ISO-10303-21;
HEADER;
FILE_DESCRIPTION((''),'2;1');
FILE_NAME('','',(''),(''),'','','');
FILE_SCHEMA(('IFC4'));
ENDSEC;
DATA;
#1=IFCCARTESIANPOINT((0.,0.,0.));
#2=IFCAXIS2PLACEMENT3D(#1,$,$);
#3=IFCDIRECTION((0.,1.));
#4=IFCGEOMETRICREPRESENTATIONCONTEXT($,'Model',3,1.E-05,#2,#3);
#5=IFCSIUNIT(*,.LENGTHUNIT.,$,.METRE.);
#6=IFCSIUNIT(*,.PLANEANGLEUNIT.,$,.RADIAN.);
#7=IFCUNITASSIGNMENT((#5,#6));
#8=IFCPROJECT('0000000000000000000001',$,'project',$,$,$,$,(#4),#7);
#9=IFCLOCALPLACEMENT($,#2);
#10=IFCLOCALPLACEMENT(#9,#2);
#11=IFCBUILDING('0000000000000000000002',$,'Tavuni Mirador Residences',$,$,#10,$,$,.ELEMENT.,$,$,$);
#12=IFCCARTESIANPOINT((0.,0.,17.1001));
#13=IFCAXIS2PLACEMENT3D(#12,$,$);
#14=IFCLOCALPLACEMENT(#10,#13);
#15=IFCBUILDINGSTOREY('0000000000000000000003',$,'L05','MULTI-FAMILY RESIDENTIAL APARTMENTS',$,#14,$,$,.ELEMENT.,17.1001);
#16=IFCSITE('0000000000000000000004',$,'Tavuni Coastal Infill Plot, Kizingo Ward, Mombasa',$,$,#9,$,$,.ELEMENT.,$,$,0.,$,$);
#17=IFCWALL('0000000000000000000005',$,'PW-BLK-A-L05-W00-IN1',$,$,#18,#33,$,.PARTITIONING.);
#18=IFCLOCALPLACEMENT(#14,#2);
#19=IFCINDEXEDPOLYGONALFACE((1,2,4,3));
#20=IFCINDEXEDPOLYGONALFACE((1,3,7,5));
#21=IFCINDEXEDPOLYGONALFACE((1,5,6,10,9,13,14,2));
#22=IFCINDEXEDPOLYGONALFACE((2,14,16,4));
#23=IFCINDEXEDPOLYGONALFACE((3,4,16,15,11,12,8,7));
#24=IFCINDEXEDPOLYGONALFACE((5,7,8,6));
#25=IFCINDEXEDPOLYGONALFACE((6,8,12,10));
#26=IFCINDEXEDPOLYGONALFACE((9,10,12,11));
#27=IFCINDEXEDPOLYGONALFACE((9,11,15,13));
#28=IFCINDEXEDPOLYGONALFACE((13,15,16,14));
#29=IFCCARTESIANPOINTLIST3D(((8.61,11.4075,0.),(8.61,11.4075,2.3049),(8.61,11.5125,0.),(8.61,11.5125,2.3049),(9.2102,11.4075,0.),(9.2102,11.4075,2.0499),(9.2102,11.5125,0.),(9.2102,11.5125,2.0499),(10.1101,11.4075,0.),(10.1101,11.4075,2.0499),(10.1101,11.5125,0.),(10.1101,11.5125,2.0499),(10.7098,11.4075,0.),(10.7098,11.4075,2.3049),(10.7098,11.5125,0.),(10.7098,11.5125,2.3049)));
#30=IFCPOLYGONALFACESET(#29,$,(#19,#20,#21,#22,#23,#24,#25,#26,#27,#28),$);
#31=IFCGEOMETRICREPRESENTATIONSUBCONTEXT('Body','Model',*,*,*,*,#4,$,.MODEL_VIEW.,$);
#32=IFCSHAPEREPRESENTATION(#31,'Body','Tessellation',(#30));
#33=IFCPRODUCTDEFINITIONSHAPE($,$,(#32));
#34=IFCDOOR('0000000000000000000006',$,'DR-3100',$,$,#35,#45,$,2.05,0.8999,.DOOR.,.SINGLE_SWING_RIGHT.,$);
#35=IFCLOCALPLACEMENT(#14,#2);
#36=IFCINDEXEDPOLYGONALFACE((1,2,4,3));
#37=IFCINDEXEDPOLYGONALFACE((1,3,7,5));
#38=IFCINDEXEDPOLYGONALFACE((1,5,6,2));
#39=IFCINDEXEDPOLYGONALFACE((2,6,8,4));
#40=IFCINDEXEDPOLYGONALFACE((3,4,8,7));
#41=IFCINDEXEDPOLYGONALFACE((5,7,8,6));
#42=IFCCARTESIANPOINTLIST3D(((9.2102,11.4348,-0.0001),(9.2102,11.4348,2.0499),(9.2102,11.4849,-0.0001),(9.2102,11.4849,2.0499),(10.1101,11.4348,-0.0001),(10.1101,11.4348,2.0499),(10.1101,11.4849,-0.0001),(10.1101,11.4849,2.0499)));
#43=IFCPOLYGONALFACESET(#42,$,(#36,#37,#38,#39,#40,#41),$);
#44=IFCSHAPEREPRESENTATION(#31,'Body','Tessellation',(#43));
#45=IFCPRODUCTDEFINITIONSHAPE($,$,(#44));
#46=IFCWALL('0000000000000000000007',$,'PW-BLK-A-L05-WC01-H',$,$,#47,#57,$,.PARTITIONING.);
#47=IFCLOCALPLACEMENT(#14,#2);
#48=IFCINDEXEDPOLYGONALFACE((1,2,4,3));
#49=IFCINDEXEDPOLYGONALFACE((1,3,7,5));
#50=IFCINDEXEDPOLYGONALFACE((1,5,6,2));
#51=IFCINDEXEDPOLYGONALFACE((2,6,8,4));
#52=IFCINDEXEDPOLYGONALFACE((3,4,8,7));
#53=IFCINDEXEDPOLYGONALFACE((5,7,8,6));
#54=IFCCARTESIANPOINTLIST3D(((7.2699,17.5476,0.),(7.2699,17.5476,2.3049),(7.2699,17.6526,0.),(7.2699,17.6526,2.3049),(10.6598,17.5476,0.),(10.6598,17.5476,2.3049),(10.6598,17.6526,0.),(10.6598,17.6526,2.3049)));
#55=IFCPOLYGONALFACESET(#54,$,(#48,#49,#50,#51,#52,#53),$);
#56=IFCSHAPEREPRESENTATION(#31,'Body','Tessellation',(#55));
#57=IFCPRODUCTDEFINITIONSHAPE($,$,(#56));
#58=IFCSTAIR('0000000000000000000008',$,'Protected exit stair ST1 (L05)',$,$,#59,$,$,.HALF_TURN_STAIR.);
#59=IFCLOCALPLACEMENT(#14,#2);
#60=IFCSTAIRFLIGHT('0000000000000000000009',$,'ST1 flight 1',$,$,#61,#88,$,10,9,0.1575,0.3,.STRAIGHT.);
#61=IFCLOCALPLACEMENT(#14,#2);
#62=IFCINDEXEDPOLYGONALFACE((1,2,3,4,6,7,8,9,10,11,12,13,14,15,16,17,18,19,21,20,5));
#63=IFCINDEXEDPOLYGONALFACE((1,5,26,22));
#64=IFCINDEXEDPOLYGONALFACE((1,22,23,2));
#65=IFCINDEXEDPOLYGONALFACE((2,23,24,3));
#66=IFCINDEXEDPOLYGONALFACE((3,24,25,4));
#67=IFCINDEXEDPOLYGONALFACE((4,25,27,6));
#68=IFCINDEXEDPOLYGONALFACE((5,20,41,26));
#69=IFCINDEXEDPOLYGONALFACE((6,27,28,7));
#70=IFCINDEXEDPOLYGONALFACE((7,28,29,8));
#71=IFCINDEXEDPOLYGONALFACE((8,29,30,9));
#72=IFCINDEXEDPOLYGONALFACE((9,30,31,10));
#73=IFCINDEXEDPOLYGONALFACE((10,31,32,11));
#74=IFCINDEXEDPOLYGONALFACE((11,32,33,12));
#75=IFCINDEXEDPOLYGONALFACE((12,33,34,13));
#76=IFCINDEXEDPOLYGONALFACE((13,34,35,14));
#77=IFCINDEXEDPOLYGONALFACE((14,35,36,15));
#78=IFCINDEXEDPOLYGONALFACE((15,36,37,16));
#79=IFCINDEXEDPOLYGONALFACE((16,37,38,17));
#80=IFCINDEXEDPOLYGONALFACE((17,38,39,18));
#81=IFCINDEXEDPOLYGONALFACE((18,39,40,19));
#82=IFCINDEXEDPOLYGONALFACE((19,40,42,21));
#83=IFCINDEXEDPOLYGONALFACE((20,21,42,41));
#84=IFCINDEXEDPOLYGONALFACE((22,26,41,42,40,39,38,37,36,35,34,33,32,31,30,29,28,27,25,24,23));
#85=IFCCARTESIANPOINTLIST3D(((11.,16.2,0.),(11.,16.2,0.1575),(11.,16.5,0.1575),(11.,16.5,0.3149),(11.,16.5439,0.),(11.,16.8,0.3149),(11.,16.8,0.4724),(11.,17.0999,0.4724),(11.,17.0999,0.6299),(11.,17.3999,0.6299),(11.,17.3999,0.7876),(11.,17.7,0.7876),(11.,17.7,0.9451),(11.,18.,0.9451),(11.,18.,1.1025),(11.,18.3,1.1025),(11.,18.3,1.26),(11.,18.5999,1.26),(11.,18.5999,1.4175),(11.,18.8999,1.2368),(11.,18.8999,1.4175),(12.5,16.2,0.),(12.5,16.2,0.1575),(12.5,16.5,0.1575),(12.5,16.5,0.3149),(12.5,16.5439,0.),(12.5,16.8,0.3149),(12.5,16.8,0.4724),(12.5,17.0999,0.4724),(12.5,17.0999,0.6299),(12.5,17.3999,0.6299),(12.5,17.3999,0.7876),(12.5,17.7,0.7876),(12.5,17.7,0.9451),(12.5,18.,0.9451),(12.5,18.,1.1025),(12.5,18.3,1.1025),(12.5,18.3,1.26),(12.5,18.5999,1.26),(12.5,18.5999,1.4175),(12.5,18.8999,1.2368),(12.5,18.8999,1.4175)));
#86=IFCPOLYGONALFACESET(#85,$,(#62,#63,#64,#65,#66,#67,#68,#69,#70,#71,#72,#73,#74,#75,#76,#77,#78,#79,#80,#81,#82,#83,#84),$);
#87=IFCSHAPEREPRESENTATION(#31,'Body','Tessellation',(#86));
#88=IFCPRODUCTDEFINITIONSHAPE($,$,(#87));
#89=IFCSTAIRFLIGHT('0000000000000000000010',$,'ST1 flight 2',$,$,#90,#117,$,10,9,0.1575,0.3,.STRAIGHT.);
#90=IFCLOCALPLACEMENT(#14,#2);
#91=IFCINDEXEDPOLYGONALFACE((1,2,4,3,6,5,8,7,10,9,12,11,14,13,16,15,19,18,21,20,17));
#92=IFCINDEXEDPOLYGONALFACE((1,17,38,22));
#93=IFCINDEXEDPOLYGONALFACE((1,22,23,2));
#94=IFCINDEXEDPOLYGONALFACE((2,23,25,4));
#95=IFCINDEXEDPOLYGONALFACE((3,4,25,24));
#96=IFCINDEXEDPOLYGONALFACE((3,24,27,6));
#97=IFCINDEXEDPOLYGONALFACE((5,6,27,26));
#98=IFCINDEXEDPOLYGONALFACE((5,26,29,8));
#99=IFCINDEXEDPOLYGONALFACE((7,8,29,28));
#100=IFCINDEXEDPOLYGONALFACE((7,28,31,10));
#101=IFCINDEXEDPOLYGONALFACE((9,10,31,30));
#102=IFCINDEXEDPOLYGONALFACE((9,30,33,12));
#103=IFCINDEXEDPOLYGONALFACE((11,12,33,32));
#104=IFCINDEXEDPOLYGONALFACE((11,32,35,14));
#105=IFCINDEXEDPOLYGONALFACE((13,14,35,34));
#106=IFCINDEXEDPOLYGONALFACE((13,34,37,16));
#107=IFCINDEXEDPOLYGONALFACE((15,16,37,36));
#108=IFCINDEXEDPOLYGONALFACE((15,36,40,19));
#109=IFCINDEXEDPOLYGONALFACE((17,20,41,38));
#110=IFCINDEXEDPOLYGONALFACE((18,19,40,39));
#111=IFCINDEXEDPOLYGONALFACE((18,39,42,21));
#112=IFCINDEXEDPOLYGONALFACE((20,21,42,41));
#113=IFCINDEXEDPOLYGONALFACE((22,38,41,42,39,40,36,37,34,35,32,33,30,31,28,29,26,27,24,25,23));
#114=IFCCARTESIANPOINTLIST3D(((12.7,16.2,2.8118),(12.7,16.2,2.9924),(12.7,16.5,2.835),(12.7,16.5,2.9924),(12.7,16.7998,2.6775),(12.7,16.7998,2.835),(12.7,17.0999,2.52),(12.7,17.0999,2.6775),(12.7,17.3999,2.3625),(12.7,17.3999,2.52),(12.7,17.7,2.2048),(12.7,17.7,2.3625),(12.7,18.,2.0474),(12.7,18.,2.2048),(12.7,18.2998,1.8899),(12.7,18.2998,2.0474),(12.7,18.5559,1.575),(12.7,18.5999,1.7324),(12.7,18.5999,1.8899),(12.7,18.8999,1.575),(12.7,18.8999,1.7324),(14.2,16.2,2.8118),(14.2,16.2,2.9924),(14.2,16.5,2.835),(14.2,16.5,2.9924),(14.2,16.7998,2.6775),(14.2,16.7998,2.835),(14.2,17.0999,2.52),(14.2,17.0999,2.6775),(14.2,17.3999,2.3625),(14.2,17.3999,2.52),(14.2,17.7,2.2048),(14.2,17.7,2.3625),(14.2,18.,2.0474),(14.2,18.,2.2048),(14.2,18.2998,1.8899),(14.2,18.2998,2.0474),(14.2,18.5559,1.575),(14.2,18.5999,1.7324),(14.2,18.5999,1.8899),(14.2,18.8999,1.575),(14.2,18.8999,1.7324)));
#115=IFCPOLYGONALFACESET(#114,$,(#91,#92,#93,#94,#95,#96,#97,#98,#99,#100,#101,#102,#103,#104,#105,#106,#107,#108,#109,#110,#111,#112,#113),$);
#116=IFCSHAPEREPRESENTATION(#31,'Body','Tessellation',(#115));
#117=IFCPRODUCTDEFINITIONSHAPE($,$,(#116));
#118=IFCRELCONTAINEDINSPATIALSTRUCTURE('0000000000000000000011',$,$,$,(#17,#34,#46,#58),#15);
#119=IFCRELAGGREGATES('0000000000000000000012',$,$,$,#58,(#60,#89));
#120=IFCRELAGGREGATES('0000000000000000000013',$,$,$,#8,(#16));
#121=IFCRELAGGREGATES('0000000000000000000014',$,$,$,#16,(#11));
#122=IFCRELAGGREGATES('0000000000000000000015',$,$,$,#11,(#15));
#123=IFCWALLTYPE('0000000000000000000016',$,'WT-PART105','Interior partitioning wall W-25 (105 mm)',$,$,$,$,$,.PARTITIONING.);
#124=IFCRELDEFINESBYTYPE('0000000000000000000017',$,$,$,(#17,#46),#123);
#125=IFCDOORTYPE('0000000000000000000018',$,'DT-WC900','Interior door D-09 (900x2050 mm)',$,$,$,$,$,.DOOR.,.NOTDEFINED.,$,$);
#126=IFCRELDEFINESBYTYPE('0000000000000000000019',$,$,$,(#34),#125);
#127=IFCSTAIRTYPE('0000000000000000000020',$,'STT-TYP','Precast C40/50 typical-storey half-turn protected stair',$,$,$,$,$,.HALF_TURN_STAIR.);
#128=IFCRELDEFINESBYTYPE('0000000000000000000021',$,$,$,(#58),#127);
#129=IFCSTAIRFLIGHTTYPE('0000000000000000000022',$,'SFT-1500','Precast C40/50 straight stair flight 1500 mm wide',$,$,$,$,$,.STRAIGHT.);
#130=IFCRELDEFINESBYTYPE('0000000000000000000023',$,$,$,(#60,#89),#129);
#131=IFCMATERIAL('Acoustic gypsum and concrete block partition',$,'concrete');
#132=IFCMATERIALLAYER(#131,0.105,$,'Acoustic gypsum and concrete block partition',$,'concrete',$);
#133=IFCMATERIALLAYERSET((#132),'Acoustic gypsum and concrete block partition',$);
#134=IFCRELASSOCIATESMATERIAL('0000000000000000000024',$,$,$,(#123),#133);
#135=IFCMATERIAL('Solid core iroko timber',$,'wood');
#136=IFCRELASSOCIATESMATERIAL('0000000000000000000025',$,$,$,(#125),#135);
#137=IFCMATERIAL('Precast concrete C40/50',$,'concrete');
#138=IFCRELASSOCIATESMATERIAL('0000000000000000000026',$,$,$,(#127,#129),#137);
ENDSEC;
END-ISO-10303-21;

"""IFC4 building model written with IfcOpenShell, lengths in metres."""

from ifc_helpers import new_model, si_unit, direction, frame, frame_2d, origin, place, context, subcontext, project, spatial, polyline, rectangle, outline, extrude, material, layer, layer_set, type_object, element, fill, aggregate, save


model = new_model("IFC4")

# Units and contexts
model_context = context("Model", 3, precision=1e-05, world=origin(), true_north=direction((0.0, 1.0)))
body_context = subcontext(model_context, "Body", "Model", "MODEL_VIEW")
ifc_project = project(units=[si_unit("LENGTHUNIT", "METRE"), si_unit("PLANEANGLEUNIT", "RADIAN")], contexts=[model_context])

# Site, building, storey
site_placement = place(None, origin())
site = spatial("IfcSite", under=ifc_project, at=site_placement, Name="Tavuni Coastal Infill Plot, Kizingo Ward, Mombasa", CompositionType="ELEMENT", RefElevation=0.0)
building_placement = place(site_placement, origin())
building = spatial("IfcBuilding", under=site, at=building_placement, Name="Tavuni Mirador Residences", CompositionType="ELEMENT")
storey_placement = place(building_placement, frame((0.0, 0.0, 17.1001)))
storey = spatial("IfcBuildingStorey", under=building, at=storey_placement, Name="L05", Description="MULTI-FAMILY RESIDENTIAL APARTMENTS", CompositionType="ELEMENT", Elevation=17.1001)

# Shared definitions
ifc_material_1 = material(Name="Precast concrete C40/50", Category="concrete")

# Shared definitions
ifc_material_2 = material(Name="Solid core iroko timber", Category="wood")

# Wall, opening, door
ifc_material_3 = material(Name="Acoustic gypsum and concrete block partition", Category="concrete")
ifc_layer_1 = layer(ifc_material_3, 0.105, Name="Acoustic gypsum and concrete block partition", Category="concrete")
ifc_layer_set_1 = layer_set([ifc_layer_1], Name="Acoustic gypsum and concrete block partition")
wall_type_1 = type_object("IfcWallType", Name="WT-PART105", Description="Interior partitioning wall W-25 (105 mm)", PredefinedType="PARTITIONING", material=ifc_layer_set_1)
wall_1_placement = place(storey_placement, frame((8.6101, 11.46, 0.0), z_axis=(0.0, 0.0, 1.0), x_axis=(1.0, 0.0, 0.0)))
wall_1 = element("IfcWall", 1, at=wall_1_placement, inside=storey, type_object=wall_type_1, Name="PW-BLK-A-L05-W00-IN1", PredefinedType="PARTITIONING", context=body_context, shape_type="SweptSolid", body=[
    extrude(rectangle(XDim=2.0999, YDim=0.105, at=frame_2d((1.0498, 0.0))), origin(), (0.0, 0.0, 1.0), 2.3049),
])
opening_1_placement = place(wall_1_placement, frame((0.6001, 0.0, 0.0)))
opening_1 = element("IfcOpeningElement", 2, at=opening_1_placement, cuts=wall_1, PredefinedType="OPENING", context=body_context, shape_type="SweptSolid", body=[
    extrude(rectangle(XDim=0.8999, YDim=2.05, at=frame_2d((0.45, 1.0249))), frame((0.0, 0.0625, 0.0), z_axis=(0.0, -1.0, 0.0), x_axis=(1.0, 0.0, 0.0)), (0.0, 0.0, 1.0), 0.125),
])
door_type_1 = type_object("IfcDoorType", Name="DT-WC900", Description="Interior door D-09 (900x2050 mm)", OperationType="NOTDEFINED", PredefinedType="DOOR", material=ifc_material_2)
door_1_placement = place(opening_1_placement, origin())
door_1 = element("IfcDoor", 3, at=door_1_placement, inside=storey, type_object=door_type_1, Name="DR-3100", OperationType="SINGLE_SWING_RIGHT", OverallHeight=2.05, OverallWidth=0.8999, PredefinedType="DOOR", context=body_context, shape_type="SweptSolid", body=[
    extrude(rectangle(XDim=0.8999, YDim=2.05, at=frame_2d((0.45, 1.0249))), frame((0.0, 0.0249, 0.0), z_axis=(0.0, -1.0, 0.0), x_axis=(1.0, 0.0, 0.0)), (0.0, 0.0, 1.0), 0.05),
])
fill(opening_1, door_1)

# Wall
wall_2_placement = place(storey_placement, frame((7.27, 17.6001, 0.0), z_axis=(0.0, 0.0, 1.0), x_axis=(1.0, 0.0, 0.0)))
element("IfcWall", 4, at=wall_2_placement, inside=storey, type_object=wall_type_1, Name="PW-BLK-A-L05-WC01-H", PredefinedType="PARTITIONING", context=body_context, shape_type="SweptSolid", body=[
    extrude(rectangle(XDim=3.3899, YDim=0.105, at=frame_2d((1.6948, 0.0))), origin(), (0.0, 0.0, 1.0), 2.3049),
])

# Stair, stair flights
stair_type = type_object("IfcStairType", Name="STT-TYP", Description="Precast C40/50 typical-storey half-turn protected stair", PredefinedType="HALF_TURN_STAIR", material=ifc_material_1)
stair_placement = place(storey_placement, origin())
stair = element("IfcStair", 5, at=stair_placement, inside=storey, type_object=stair_type, Name="Protected exit stair ST1 (L05)", PredefinedType="HALF_TURN_STAIR")
stair_flight_type = type_object("IfcStairFlightType", Name="SFT-1500", Description="Precast C40/50 straight stair flight 1500 mm wide", PredefinedType="STRAIGHT", material=ifc_material_1)
stair_flight_1_placement = place(storey_placement, frame((11.75, 16.2, 0.0), z_axis=(0.0, 0.0, 1.0), x_axis=(0.0, 1.0, 0.0)))
stair_flight_1 = element("IfcStairFlight", 6, at=stair_flight_1_placement, type_object=stair_flight_type, Name="ST1 flight 1", NumberOfRisers=10, NumberOfTreads=9, PredefinedType="STRAIGHT", RiserHeight=0.1575, TreadLength=0.3, context=body_context, shape_type="SweptSolid", body=[
    extrude(outline(polyline([(0.0, 0.0), (0.0, 0.1575), (0.3, 0.1575), (0.3, 0.3149), (0.6001, 0.3149), (0.6001, 0.4724), (0.8999, 0.4724), (0.8999, 0.6299), (1.2, 0.6299), (1.2, 0.7876), (1.5, 0.7876), (1.5, 0.9451), (1.8, 0.9451), (1.8, 1.1025), (2.1001, 1.1025), (2.1001, 1.26), (2.3999, 1.26), (2.3999, 1.4175), (2.7, 1.4175), (2.7, 1.575), (2.7, 1.2368), (0.344, 0.0), (0.0, 0.0)])), frame((0.0, 0.75, 0.0), z_axis=(0.0, -1.0, 0.0), x_axis=(1.0, 0.0, 0.0)), (0.0, 0.0, 1.0), 1.5),
])
stair_flight_2_placement = place(storey_placement, frame((13.45, 18.8999, 1.575), z_axis=(0.0, 0.0, 1.0), x_axis=(0.0, -1.0, 0.0)))
stair_flight_2 = element("IfcStairFlight", 7, at=stair_flight_2_placement, type_object=stair_flight_type, Name="ST1 flight 2", NumberOfRisers=10, NumberOfTreads=9, PredefinedType="STRAIGHT", RiserHeight=0.1575, TreadLength=0.3, context=body_context, shape_type="SweptSolid", body=[
    extrude(outline(polyline([(0.0, 0.0), (0.0, 0.1575), (0.3, 0.1575), (0.3, 0.3149), (0.6001, 0.3149), (0.6001, 0.4724), (0.8999, 0.4724), (0.8999, 0.6299), (1.2, 0.6299), (1.2, 0.7876), (1.5, 0.7876), (1.5, 0.9451), (1.8, 0.9451), (1.8, 1.1025), (2.1001, 1.1025), (2.1001, 1.26), (2.3999, 1.26), (2.3999, 1.4175), (2.7, 1.4175), (2.7, 1.575), (2.7, 1.2368), (0.344, 0.0), (0.0, 0.0)])), frame((0.0, 0.75, 0.0), z_axis=(0.0, -1.0, 0.0), x_axis=(1.0, 0.0, 0.0)), (0.0, 0.0, 1.0), 1.5),
])
aggregate(stair, [stair_flight_1, stair_flight_2])

save(model, "model.ifc")
